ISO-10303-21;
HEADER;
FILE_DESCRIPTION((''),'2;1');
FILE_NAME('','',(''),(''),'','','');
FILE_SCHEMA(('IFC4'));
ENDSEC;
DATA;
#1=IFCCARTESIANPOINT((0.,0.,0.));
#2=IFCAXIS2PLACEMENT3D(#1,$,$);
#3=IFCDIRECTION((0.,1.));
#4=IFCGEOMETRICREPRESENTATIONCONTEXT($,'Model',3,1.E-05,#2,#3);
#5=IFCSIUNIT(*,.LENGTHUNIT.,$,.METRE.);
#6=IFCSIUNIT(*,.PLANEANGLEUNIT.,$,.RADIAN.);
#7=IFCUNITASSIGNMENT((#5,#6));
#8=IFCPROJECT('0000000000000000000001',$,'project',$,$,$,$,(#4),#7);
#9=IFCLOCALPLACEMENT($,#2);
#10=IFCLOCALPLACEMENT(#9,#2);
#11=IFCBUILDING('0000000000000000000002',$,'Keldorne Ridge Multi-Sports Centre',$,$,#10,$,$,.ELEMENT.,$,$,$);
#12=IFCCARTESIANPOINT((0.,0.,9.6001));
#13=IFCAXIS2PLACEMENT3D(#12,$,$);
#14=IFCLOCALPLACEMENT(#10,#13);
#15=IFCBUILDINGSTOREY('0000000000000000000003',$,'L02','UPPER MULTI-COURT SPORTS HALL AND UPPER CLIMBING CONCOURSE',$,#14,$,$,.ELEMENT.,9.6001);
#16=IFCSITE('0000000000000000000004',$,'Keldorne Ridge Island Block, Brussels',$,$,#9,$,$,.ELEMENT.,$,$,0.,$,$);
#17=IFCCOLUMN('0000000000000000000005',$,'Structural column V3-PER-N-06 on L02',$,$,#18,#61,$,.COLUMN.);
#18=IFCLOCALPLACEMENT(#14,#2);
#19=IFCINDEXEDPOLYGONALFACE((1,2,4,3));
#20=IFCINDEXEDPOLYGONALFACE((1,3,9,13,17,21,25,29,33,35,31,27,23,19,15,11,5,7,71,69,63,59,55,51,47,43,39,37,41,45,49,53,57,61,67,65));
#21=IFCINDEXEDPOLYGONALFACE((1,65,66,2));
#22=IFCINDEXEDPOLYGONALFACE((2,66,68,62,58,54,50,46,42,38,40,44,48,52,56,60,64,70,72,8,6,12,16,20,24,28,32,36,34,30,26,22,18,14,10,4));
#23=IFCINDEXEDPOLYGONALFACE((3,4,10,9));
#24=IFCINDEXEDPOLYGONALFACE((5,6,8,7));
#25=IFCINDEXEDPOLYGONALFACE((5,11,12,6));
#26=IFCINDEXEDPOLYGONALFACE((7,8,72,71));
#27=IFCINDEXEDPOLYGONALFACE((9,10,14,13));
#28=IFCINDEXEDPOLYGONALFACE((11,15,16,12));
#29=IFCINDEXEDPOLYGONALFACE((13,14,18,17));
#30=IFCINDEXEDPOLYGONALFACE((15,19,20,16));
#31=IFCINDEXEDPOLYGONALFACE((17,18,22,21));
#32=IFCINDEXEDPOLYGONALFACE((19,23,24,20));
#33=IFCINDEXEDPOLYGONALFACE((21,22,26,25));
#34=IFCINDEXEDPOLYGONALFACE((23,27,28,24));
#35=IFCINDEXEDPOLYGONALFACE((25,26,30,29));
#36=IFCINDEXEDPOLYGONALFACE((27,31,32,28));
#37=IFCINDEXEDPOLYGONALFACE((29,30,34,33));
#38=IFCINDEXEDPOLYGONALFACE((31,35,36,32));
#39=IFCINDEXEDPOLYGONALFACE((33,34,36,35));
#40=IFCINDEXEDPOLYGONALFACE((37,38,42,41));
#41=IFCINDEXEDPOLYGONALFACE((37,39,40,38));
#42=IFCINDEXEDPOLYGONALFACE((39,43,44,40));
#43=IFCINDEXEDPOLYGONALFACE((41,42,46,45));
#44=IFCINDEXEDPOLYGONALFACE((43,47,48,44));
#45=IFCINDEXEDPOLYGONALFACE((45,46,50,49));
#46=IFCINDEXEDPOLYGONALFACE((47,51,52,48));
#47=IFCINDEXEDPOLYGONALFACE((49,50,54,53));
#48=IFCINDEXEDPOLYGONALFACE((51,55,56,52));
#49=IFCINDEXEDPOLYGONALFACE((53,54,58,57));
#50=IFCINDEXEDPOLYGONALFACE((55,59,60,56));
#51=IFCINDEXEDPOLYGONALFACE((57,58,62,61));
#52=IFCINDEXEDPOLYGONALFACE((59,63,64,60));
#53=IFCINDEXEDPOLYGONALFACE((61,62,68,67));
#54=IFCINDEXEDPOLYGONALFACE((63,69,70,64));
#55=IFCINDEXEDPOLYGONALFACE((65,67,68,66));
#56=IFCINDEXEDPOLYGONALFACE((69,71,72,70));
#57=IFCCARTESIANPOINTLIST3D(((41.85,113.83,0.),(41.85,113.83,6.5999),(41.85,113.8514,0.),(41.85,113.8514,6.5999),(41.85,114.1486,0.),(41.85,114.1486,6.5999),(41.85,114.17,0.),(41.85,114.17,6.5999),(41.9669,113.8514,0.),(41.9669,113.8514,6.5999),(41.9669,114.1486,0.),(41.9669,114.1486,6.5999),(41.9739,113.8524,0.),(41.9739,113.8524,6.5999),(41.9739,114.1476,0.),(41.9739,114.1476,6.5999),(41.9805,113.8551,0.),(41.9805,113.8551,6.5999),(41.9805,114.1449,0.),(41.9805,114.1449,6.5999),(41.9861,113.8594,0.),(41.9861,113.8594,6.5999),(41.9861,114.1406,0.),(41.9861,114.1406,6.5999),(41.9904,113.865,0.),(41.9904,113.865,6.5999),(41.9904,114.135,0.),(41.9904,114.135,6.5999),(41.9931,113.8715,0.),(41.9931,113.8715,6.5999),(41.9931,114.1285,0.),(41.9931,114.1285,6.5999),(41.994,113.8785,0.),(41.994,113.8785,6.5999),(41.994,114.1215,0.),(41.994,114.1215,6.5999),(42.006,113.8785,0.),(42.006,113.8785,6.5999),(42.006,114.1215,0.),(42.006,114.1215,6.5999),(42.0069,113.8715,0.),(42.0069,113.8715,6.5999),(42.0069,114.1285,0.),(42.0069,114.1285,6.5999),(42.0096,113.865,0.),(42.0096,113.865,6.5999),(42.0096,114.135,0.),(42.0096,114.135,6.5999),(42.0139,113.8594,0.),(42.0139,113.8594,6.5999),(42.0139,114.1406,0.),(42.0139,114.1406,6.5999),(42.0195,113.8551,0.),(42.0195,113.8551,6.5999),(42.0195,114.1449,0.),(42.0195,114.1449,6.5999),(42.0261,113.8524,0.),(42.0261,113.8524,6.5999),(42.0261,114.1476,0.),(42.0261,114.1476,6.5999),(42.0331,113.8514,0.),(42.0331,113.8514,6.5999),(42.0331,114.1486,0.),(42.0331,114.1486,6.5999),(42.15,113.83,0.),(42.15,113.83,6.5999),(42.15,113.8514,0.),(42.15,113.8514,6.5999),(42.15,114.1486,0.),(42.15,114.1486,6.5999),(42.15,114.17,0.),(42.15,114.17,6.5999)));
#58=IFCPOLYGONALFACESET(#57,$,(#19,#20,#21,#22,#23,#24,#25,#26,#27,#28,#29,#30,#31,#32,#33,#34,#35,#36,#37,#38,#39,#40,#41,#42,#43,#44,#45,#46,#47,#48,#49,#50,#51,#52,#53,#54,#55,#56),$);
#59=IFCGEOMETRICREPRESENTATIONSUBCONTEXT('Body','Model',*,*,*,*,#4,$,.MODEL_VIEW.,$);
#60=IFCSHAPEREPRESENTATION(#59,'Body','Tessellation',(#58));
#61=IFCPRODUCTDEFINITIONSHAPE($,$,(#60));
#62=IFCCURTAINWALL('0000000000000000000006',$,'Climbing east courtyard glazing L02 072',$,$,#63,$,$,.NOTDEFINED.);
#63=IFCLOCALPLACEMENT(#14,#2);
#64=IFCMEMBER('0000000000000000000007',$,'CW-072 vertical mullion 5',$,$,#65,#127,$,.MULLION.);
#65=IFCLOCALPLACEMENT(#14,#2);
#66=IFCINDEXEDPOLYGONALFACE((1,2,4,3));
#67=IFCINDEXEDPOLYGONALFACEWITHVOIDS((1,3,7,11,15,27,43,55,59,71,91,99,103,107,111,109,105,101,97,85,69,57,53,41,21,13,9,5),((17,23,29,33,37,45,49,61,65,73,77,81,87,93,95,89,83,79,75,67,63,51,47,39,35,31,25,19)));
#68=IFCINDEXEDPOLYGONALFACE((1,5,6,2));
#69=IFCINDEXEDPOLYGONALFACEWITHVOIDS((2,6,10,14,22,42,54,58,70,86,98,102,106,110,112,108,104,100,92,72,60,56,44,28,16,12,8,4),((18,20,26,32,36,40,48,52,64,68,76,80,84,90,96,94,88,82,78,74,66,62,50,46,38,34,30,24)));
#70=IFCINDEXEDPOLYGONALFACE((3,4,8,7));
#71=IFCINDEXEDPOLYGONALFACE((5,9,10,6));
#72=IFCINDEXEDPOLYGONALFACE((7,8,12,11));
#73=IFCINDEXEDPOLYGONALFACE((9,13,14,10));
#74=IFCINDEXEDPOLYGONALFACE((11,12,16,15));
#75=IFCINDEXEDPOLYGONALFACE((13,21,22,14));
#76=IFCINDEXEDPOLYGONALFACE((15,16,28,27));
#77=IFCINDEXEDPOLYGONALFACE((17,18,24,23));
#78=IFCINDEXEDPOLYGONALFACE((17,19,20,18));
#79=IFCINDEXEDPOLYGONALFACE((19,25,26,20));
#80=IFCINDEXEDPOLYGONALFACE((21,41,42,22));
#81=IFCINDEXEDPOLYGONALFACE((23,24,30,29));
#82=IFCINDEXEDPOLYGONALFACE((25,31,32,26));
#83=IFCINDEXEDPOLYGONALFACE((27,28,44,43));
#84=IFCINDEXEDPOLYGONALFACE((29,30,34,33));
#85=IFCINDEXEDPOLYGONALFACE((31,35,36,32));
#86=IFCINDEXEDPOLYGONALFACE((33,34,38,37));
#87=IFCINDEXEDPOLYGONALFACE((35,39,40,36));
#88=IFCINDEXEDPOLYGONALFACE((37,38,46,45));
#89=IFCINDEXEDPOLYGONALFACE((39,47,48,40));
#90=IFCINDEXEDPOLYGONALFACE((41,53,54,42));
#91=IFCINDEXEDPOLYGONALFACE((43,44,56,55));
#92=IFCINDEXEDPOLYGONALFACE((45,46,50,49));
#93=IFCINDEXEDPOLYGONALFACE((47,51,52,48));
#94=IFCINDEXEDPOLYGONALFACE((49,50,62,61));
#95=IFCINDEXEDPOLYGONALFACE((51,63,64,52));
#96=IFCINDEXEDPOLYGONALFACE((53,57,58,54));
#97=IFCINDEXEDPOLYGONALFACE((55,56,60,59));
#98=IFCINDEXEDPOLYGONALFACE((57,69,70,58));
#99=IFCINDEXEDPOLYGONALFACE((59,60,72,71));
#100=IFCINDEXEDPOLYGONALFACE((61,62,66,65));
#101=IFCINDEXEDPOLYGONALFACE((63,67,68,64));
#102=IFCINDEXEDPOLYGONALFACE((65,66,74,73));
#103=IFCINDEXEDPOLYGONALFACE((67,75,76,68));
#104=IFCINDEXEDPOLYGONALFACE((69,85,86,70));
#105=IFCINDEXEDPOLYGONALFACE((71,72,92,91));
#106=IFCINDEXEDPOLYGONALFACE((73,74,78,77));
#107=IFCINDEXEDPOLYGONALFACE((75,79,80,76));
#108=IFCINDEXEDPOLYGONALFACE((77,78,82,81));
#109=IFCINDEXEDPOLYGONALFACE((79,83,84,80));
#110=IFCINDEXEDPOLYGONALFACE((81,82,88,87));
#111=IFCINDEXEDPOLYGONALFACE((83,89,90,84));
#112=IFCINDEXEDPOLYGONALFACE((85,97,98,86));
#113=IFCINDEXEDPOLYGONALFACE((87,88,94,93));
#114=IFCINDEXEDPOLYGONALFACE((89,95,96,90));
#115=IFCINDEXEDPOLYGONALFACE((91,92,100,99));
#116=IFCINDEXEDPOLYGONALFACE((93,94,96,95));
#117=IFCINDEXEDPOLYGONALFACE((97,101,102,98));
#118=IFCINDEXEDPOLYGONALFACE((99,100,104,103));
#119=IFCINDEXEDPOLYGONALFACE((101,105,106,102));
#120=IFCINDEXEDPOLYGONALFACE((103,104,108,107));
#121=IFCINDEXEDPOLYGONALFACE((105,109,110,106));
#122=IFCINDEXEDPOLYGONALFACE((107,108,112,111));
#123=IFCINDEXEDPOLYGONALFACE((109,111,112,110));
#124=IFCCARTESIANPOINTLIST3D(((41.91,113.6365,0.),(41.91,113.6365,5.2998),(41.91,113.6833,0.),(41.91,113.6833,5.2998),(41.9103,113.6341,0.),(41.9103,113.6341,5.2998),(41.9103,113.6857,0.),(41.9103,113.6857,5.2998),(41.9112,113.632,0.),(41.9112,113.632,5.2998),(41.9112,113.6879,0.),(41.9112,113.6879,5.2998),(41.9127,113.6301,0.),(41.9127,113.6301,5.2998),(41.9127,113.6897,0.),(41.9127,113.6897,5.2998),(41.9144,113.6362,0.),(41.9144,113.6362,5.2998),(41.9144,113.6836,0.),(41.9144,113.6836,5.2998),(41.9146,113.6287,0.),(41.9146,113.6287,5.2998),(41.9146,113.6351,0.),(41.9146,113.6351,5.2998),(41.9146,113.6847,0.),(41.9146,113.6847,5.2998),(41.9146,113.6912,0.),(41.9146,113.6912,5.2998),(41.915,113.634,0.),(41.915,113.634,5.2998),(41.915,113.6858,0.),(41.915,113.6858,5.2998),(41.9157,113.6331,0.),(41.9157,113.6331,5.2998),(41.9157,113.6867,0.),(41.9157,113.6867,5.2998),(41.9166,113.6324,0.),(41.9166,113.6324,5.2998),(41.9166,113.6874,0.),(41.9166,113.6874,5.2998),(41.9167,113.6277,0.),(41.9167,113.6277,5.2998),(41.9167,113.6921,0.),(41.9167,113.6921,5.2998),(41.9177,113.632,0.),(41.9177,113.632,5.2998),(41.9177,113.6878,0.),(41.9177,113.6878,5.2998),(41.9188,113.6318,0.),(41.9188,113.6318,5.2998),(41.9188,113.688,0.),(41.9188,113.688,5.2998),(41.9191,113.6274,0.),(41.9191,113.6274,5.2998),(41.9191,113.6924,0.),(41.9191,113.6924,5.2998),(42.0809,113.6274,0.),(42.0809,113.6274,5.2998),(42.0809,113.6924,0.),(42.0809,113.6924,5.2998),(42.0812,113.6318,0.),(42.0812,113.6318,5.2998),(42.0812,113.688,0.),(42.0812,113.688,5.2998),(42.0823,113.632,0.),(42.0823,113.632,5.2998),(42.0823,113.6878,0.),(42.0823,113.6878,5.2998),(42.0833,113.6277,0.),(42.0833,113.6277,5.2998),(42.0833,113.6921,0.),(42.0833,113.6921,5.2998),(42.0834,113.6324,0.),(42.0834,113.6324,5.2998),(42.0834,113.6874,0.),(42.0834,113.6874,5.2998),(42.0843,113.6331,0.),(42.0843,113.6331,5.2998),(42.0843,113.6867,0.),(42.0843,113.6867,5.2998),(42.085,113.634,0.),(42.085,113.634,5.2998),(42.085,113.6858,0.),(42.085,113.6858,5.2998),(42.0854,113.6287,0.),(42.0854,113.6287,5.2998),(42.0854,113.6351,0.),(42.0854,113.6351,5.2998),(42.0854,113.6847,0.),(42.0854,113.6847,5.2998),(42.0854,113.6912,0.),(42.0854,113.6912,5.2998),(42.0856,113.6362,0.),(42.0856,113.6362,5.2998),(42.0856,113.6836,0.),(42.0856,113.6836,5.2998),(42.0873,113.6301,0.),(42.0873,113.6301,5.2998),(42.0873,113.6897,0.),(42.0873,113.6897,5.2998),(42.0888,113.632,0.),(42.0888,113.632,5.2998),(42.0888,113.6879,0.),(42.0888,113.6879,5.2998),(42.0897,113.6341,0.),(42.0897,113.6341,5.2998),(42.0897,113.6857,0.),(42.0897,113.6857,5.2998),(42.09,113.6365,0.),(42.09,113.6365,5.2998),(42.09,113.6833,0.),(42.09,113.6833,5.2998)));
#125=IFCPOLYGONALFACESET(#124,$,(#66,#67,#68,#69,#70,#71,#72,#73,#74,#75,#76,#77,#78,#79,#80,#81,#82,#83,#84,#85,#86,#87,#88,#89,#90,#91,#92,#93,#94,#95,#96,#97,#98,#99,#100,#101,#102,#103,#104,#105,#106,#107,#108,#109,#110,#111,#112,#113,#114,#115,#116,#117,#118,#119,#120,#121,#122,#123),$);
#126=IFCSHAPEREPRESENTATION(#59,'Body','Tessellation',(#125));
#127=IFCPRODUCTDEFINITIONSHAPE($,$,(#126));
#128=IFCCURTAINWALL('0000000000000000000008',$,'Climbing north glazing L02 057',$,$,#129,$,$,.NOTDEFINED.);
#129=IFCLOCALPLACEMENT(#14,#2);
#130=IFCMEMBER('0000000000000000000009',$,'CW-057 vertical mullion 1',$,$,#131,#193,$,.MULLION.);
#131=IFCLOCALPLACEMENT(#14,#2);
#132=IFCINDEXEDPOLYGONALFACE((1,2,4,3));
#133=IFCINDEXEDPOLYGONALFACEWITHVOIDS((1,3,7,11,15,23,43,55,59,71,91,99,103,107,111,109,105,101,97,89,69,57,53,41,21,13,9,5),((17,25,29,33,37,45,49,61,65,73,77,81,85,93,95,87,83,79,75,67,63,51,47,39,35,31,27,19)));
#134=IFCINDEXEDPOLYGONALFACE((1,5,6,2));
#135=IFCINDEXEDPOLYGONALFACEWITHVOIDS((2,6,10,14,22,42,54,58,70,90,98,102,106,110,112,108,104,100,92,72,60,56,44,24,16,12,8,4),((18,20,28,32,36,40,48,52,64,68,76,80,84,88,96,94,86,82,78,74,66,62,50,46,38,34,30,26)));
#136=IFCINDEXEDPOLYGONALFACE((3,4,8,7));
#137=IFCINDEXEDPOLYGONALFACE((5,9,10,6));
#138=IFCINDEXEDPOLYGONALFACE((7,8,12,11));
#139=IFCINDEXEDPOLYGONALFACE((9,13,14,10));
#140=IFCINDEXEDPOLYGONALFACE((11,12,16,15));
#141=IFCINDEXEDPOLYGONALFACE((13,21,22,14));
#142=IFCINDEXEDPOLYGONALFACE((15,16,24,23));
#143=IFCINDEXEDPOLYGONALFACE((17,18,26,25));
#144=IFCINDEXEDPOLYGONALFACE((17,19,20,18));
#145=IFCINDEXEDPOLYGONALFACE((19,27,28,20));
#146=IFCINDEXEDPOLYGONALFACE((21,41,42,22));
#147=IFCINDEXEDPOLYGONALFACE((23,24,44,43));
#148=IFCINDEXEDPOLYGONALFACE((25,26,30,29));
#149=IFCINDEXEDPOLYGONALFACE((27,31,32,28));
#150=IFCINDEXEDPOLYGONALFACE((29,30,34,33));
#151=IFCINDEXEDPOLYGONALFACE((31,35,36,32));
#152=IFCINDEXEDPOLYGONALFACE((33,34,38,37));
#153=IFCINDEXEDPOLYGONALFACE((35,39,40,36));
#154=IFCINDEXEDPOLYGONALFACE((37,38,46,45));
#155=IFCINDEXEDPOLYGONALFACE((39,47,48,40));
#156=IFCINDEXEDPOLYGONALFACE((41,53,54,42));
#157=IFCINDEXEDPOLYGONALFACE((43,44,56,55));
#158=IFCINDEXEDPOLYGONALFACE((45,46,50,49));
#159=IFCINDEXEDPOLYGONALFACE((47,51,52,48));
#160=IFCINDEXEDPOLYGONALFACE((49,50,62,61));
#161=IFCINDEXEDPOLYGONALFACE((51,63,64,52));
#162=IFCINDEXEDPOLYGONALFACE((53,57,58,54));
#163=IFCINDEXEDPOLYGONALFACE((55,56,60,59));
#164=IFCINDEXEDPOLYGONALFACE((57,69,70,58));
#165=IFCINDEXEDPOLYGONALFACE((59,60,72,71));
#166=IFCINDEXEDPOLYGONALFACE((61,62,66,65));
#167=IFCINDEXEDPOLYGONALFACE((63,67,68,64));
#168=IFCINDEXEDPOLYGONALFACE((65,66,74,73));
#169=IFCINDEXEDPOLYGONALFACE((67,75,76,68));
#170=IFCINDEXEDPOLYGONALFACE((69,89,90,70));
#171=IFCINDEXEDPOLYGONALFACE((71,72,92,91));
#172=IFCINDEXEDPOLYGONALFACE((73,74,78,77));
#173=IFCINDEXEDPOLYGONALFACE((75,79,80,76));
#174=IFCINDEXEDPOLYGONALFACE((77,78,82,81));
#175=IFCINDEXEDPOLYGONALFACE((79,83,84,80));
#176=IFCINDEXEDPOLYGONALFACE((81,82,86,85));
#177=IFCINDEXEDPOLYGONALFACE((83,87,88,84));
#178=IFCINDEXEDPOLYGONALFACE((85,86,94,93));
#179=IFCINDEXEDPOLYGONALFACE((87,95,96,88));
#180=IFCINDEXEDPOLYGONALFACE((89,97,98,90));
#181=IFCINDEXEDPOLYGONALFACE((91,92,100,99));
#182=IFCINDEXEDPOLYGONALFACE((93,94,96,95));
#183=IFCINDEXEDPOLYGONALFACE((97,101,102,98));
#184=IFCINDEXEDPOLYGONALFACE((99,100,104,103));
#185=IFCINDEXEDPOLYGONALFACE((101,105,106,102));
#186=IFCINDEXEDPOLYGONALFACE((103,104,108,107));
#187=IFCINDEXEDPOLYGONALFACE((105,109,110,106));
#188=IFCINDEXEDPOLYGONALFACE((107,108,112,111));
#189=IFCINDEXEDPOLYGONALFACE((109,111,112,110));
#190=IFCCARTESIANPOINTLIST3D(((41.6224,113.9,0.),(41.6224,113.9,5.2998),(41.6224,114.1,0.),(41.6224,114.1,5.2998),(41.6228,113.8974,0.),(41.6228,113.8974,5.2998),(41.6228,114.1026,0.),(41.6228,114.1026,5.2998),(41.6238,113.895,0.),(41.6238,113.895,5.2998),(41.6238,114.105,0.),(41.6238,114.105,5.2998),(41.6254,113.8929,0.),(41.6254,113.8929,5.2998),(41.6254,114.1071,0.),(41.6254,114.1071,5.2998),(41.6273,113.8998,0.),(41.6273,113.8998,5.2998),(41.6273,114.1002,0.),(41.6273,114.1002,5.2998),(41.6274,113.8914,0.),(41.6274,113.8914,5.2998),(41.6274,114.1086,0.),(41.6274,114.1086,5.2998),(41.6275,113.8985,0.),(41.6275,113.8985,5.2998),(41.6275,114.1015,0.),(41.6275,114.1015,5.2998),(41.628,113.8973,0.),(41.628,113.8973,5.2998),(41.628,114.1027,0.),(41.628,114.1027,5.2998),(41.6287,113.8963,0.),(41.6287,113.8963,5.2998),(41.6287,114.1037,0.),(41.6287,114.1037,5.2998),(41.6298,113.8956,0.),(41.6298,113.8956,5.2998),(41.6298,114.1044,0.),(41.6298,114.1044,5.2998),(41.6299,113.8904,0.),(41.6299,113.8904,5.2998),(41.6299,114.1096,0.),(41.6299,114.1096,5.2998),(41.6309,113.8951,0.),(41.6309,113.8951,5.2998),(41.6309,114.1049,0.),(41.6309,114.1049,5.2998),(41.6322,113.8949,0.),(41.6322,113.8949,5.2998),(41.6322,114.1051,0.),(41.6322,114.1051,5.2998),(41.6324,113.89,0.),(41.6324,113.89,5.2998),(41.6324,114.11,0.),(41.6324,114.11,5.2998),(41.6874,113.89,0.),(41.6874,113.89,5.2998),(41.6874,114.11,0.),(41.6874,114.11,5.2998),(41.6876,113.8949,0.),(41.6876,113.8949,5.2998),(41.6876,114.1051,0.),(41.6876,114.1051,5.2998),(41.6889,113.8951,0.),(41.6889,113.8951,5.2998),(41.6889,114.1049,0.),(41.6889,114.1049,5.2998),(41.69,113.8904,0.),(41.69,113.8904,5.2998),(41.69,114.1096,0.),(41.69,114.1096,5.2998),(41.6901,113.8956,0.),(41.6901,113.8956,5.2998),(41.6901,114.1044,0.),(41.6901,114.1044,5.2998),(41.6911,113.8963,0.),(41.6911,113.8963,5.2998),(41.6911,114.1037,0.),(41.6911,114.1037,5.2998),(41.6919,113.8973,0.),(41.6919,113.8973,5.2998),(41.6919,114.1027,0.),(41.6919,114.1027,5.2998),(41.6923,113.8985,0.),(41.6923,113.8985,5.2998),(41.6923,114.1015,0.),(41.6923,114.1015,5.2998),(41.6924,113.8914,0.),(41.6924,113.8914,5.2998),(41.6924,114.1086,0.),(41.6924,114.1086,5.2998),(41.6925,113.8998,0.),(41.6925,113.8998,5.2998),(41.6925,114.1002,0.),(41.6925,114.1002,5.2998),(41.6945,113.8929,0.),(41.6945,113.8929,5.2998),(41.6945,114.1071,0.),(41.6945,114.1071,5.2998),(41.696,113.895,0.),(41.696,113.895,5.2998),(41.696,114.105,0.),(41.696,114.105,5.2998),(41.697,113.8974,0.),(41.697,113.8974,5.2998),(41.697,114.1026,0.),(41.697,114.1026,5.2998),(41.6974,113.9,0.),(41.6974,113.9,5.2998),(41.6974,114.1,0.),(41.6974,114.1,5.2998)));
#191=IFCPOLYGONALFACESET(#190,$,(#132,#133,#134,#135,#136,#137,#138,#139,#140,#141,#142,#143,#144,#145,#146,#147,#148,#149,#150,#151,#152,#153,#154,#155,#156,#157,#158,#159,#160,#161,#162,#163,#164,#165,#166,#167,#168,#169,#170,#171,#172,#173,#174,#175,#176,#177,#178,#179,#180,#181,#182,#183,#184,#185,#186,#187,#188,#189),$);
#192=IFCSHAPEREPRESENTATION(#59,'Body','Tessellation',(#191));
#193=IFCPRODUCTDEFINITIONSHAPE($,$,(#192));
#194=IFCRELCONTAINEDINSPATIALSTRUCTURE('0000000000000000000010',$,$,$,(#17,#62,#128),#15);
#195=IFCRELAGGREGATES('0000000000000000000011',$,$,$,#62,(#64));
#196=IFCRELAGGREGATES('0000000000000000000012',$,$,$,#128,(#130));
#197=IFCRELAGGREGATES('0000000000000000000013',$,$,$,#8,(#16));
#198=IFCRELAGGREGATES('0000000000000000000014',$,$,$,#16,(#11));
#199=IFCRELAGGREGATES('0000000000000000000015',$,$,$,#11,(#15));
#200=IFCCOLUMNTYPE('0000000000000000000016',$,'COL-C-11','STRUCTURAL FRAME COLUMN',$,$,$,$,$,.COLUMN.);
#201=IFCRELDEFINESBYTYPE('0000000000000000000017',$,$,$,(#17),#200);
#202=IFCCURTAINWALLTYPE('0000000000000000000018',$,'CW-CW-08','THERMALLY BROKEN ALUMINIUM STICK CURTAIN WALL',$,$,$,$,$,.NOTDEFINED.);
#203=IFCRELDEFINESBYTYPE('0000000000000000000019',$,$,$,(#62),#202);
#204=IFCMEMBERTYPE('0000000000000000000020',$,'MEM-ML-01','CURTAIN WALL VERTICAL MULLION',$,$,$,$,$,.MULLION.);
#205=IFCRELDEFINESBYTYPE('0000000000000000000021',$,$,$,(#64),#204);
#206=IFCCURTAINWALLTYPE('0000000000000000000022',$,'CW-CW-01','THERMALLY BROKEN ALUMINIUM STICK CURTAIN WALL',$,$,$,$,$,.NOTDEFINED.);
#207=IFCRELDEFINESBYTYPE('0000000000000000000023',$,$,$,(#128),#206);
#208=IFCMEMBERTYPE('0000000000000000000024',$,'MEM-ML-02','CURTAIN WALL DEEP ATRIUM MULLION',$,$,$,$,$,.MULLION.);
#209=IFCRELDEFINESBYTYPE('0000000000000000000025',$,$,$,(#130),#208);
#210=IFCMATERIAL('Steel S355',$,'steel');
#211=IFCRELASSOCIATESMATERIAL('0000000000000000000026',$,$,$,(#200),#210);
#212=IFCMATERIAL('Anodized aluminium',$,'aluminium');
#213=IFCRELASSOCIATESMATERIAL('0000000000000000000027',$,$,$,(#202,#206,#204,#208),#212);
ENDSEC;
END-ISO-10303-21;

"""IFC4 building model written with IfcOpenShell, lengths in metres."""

from ifc_helpers import new_model, si_unit, direction, frame, origin, origin_2d, place, context, subcontext, project, spatial, hollow_rectangle, i_section, extrude, material, material_profile, profile_set, type_object, element, aggregate, save


model = new_model("IFC4")

# Units and contexts
model_context = context("Model", 3, precision=1e-05, world=origin(), true_north=direction((0.0, 1.0)))
body_context = subcontext(model_context, "Body", "Model", "MODEL_VIEW")
ifc_project = project(units=[si_unit("LENGTHUNIT", "METRE"), si_unit("PLANEANGLEUNIT", "RADIAN")], contexts=[model_context])

# Site, building, storey
site_placement = place(None, origin())
site = spatial("IfcSite", under=ifc_project, at=site_placement, Name="Keldorne Ridge Island Block, Brussels", CompositionType="ELEMENT", RefElevation=0.0)
building_placement = place(site_placement, origin())
building = spatial("IfcBuilding", under=site, at=building_placement, Name="Keldorne Ridge Multi-Sports Centre", CompositionType="ELEMENT")
storey_placement = place(building_placement, frame((0.0, 0.0, 9.6001)))
storey = spatial("IfcBuildingStorey", under=building, at=storey_placement, Name="L02", Description="UPPER MULTI-COURT SPORTS HALL AND UPPER CLIMBING CONCOURSE", CompositionType="ELEMENT", Elevation=9.6001)

# Column
ifc_material_1 = material(Name="Steel S355", Category="steel")
ifc_material_profile_1 = material_profile(ifc_material_1, i_section(OverallWidth=0.3, OverallDepth=0.3401, WebThickness=0.012, FlangeThickness=0.0215, FilletRadius=0.0271, at=origin_2d()), Name="HEB 340")
ifc_profile_set_1 = profile_set([ifc_material_profile_1], Name="Steel S355")
column_type = type_object("IfcColumnType", Name="COL-C-11", Description="STRUCTURAL FRAME COLUMN", PredefinedType="COLUMN", material=ifc_profile_set_1)
column_placement = place(storey_placement, frame((42.0, 114.0, 0.0), z_axis=(0.0, 0.0, 1.0), x_axis=(1.0, 0.0, 0.0)))
element("IfcColumn", 1, at=column_placement, inside=storey, type_object=column_type, Name="Structural column V3-PER-N-06 on L02", PredefinedType="COLUMN", context=body_context, shape_type="SweptSolid", body=[
    extrude(i_section(OverallWidth=0.3, OverallDepth=0.3401, WebThickness=0.012, FlangeThickness=0.0215, FilletRadius=0.0271, at=origin_2d()), origin(), (0.0, 0.0, 1.0), 6.5999),
])

# Curtain wall, member
ifc_material_2 = material(Name="Anodized aluminium", Category="aluminium")
curtain_wall_type_1 = type_object("IfcCurtainWallType", Name="CW-CW-08", Description="THERMALLY BROKEN ALUMINIUM STICK CURTAIN WALL", PredefinedType="NOTDEFINED", material=ifc_material_2)
curtain_wall_1_placement = place(storey_placement, origin())
curtain_wall_1 = element("IfcCurtainWall", 2, at=curtain_wall_1_placement, inside=storey, type_object=curtain_wall_type_1, Name="Climbing east courtyard glazing L02 072", PredefinedType="NOTDEFINED")
ifc_material_profile_2 = material_profile(ifc_material_2, hollow_rectangle(XDim=0.0649, YDim=0.1799, WallThickness=0.0044, InnerFilletRadius=0.0044, OuterFilletRadius=0.009, at=origin_2d()), Name="ALU MULLION 180x65x4.5")
ifc_profile_set_2 = profile_set([ifc_material_profile_2], Name="Anodized aluminium")
member_type_1 = type_object("IfcMemberType", Name="MEM-ML-01", Description="CURTAIN WALL VERTICAL MULLION", PredefinedType="MULLION", material=ifc_profile_set_2)
member_1_placement = place(storey_placement, frame((42.0, 113.6599, 0.0), z_axis=(0.0, 0.0, 1.0), x_axis=(0.0, 1.0, 0.0)))
member_1 = element("IfcMember", 3, at=member_1_placement, type_object=member_type_1, Name="CW-072 vertical mullion 5", PredefinedType="MULLION", context=body_context, shape_type="SweptSolid", body=[
    extrude(hollow_rectangle(XDim=0.0649, YDim=0.1799, WallThickness=0.0044, InnerFilletRadius=0.0044, OuterFilletRadius=0.009, at=origin_2d()), origin(), (0.0, 0.0, 1.0), 5.2998),
])

# Curtain wall, member
curtain_wall_type_2 = type_object("IfcCurtainWallType", Name="CW-CW-01", Description="THERMALLY BROKEN ALUMINIUM STICK CURTAIN WALL", PredefinedType="NOTDEFINED", material=ifc_material_2)
curtain_wall_2_placement = place(storey_placement, origin())
curtain_wall_2 = element("IfcCurtainWall", 4, at=curtain_wall_2_placement, inside=storey, type_object=curtain_wall_type_2, Name="Climbing north glazing L02 057", PredefinedType="NOTDEFINED")
ifc_material_profile_3 = material_profile(ifc_material_2, hollow_rectangle(XDim=0.075, YDim=0.22, WallThickness=0.0049, InnerFilletRadius=0.0049, OuterFilletRadius=0.01, at=origin_2d()), Name="ALU MULLION 220x75x5")
ifc_profile_set_3 = profile_set([ifc_material_profile_3], Name="Anodized aluminium")
member_type_2 = type_object("IfcMemberType", Name="MEM-ML-02", Description="CURTAIN WALL DEEP ATRIUM MULLION", PredefinedType="MULLION", material=ifc_profile_set_3)
member_2_placement = place(storey_placement, frame((41.6599, 114.0, 0.0), z_axis=(0.0, 0.0, 1.0), x_axis=(1.0, 0.0, 0.0)))
member_2 = element("IfcMember", 5, at=member_2_placement, type_object=member_type_2, Name="CW-057 vertical mullion 1", PredefinedType="MULLION", context=body_context, shape_type="SweptSolid", body=[
    extrude(hollow_rectangle(XDim=0.075, YDim=0.22, WallThickness=0.0049, InnerFilletRadius=0.0049, OuterFilletRadius=0.01, at=origin_2d()), origin(), (0.0, 0.0, 1.0), 5.2998),
])

aggregate(curtain_wall_1, [member_1])
aggregate(curtain_wall_2, [member_2])

save(model, "model.ifc")
